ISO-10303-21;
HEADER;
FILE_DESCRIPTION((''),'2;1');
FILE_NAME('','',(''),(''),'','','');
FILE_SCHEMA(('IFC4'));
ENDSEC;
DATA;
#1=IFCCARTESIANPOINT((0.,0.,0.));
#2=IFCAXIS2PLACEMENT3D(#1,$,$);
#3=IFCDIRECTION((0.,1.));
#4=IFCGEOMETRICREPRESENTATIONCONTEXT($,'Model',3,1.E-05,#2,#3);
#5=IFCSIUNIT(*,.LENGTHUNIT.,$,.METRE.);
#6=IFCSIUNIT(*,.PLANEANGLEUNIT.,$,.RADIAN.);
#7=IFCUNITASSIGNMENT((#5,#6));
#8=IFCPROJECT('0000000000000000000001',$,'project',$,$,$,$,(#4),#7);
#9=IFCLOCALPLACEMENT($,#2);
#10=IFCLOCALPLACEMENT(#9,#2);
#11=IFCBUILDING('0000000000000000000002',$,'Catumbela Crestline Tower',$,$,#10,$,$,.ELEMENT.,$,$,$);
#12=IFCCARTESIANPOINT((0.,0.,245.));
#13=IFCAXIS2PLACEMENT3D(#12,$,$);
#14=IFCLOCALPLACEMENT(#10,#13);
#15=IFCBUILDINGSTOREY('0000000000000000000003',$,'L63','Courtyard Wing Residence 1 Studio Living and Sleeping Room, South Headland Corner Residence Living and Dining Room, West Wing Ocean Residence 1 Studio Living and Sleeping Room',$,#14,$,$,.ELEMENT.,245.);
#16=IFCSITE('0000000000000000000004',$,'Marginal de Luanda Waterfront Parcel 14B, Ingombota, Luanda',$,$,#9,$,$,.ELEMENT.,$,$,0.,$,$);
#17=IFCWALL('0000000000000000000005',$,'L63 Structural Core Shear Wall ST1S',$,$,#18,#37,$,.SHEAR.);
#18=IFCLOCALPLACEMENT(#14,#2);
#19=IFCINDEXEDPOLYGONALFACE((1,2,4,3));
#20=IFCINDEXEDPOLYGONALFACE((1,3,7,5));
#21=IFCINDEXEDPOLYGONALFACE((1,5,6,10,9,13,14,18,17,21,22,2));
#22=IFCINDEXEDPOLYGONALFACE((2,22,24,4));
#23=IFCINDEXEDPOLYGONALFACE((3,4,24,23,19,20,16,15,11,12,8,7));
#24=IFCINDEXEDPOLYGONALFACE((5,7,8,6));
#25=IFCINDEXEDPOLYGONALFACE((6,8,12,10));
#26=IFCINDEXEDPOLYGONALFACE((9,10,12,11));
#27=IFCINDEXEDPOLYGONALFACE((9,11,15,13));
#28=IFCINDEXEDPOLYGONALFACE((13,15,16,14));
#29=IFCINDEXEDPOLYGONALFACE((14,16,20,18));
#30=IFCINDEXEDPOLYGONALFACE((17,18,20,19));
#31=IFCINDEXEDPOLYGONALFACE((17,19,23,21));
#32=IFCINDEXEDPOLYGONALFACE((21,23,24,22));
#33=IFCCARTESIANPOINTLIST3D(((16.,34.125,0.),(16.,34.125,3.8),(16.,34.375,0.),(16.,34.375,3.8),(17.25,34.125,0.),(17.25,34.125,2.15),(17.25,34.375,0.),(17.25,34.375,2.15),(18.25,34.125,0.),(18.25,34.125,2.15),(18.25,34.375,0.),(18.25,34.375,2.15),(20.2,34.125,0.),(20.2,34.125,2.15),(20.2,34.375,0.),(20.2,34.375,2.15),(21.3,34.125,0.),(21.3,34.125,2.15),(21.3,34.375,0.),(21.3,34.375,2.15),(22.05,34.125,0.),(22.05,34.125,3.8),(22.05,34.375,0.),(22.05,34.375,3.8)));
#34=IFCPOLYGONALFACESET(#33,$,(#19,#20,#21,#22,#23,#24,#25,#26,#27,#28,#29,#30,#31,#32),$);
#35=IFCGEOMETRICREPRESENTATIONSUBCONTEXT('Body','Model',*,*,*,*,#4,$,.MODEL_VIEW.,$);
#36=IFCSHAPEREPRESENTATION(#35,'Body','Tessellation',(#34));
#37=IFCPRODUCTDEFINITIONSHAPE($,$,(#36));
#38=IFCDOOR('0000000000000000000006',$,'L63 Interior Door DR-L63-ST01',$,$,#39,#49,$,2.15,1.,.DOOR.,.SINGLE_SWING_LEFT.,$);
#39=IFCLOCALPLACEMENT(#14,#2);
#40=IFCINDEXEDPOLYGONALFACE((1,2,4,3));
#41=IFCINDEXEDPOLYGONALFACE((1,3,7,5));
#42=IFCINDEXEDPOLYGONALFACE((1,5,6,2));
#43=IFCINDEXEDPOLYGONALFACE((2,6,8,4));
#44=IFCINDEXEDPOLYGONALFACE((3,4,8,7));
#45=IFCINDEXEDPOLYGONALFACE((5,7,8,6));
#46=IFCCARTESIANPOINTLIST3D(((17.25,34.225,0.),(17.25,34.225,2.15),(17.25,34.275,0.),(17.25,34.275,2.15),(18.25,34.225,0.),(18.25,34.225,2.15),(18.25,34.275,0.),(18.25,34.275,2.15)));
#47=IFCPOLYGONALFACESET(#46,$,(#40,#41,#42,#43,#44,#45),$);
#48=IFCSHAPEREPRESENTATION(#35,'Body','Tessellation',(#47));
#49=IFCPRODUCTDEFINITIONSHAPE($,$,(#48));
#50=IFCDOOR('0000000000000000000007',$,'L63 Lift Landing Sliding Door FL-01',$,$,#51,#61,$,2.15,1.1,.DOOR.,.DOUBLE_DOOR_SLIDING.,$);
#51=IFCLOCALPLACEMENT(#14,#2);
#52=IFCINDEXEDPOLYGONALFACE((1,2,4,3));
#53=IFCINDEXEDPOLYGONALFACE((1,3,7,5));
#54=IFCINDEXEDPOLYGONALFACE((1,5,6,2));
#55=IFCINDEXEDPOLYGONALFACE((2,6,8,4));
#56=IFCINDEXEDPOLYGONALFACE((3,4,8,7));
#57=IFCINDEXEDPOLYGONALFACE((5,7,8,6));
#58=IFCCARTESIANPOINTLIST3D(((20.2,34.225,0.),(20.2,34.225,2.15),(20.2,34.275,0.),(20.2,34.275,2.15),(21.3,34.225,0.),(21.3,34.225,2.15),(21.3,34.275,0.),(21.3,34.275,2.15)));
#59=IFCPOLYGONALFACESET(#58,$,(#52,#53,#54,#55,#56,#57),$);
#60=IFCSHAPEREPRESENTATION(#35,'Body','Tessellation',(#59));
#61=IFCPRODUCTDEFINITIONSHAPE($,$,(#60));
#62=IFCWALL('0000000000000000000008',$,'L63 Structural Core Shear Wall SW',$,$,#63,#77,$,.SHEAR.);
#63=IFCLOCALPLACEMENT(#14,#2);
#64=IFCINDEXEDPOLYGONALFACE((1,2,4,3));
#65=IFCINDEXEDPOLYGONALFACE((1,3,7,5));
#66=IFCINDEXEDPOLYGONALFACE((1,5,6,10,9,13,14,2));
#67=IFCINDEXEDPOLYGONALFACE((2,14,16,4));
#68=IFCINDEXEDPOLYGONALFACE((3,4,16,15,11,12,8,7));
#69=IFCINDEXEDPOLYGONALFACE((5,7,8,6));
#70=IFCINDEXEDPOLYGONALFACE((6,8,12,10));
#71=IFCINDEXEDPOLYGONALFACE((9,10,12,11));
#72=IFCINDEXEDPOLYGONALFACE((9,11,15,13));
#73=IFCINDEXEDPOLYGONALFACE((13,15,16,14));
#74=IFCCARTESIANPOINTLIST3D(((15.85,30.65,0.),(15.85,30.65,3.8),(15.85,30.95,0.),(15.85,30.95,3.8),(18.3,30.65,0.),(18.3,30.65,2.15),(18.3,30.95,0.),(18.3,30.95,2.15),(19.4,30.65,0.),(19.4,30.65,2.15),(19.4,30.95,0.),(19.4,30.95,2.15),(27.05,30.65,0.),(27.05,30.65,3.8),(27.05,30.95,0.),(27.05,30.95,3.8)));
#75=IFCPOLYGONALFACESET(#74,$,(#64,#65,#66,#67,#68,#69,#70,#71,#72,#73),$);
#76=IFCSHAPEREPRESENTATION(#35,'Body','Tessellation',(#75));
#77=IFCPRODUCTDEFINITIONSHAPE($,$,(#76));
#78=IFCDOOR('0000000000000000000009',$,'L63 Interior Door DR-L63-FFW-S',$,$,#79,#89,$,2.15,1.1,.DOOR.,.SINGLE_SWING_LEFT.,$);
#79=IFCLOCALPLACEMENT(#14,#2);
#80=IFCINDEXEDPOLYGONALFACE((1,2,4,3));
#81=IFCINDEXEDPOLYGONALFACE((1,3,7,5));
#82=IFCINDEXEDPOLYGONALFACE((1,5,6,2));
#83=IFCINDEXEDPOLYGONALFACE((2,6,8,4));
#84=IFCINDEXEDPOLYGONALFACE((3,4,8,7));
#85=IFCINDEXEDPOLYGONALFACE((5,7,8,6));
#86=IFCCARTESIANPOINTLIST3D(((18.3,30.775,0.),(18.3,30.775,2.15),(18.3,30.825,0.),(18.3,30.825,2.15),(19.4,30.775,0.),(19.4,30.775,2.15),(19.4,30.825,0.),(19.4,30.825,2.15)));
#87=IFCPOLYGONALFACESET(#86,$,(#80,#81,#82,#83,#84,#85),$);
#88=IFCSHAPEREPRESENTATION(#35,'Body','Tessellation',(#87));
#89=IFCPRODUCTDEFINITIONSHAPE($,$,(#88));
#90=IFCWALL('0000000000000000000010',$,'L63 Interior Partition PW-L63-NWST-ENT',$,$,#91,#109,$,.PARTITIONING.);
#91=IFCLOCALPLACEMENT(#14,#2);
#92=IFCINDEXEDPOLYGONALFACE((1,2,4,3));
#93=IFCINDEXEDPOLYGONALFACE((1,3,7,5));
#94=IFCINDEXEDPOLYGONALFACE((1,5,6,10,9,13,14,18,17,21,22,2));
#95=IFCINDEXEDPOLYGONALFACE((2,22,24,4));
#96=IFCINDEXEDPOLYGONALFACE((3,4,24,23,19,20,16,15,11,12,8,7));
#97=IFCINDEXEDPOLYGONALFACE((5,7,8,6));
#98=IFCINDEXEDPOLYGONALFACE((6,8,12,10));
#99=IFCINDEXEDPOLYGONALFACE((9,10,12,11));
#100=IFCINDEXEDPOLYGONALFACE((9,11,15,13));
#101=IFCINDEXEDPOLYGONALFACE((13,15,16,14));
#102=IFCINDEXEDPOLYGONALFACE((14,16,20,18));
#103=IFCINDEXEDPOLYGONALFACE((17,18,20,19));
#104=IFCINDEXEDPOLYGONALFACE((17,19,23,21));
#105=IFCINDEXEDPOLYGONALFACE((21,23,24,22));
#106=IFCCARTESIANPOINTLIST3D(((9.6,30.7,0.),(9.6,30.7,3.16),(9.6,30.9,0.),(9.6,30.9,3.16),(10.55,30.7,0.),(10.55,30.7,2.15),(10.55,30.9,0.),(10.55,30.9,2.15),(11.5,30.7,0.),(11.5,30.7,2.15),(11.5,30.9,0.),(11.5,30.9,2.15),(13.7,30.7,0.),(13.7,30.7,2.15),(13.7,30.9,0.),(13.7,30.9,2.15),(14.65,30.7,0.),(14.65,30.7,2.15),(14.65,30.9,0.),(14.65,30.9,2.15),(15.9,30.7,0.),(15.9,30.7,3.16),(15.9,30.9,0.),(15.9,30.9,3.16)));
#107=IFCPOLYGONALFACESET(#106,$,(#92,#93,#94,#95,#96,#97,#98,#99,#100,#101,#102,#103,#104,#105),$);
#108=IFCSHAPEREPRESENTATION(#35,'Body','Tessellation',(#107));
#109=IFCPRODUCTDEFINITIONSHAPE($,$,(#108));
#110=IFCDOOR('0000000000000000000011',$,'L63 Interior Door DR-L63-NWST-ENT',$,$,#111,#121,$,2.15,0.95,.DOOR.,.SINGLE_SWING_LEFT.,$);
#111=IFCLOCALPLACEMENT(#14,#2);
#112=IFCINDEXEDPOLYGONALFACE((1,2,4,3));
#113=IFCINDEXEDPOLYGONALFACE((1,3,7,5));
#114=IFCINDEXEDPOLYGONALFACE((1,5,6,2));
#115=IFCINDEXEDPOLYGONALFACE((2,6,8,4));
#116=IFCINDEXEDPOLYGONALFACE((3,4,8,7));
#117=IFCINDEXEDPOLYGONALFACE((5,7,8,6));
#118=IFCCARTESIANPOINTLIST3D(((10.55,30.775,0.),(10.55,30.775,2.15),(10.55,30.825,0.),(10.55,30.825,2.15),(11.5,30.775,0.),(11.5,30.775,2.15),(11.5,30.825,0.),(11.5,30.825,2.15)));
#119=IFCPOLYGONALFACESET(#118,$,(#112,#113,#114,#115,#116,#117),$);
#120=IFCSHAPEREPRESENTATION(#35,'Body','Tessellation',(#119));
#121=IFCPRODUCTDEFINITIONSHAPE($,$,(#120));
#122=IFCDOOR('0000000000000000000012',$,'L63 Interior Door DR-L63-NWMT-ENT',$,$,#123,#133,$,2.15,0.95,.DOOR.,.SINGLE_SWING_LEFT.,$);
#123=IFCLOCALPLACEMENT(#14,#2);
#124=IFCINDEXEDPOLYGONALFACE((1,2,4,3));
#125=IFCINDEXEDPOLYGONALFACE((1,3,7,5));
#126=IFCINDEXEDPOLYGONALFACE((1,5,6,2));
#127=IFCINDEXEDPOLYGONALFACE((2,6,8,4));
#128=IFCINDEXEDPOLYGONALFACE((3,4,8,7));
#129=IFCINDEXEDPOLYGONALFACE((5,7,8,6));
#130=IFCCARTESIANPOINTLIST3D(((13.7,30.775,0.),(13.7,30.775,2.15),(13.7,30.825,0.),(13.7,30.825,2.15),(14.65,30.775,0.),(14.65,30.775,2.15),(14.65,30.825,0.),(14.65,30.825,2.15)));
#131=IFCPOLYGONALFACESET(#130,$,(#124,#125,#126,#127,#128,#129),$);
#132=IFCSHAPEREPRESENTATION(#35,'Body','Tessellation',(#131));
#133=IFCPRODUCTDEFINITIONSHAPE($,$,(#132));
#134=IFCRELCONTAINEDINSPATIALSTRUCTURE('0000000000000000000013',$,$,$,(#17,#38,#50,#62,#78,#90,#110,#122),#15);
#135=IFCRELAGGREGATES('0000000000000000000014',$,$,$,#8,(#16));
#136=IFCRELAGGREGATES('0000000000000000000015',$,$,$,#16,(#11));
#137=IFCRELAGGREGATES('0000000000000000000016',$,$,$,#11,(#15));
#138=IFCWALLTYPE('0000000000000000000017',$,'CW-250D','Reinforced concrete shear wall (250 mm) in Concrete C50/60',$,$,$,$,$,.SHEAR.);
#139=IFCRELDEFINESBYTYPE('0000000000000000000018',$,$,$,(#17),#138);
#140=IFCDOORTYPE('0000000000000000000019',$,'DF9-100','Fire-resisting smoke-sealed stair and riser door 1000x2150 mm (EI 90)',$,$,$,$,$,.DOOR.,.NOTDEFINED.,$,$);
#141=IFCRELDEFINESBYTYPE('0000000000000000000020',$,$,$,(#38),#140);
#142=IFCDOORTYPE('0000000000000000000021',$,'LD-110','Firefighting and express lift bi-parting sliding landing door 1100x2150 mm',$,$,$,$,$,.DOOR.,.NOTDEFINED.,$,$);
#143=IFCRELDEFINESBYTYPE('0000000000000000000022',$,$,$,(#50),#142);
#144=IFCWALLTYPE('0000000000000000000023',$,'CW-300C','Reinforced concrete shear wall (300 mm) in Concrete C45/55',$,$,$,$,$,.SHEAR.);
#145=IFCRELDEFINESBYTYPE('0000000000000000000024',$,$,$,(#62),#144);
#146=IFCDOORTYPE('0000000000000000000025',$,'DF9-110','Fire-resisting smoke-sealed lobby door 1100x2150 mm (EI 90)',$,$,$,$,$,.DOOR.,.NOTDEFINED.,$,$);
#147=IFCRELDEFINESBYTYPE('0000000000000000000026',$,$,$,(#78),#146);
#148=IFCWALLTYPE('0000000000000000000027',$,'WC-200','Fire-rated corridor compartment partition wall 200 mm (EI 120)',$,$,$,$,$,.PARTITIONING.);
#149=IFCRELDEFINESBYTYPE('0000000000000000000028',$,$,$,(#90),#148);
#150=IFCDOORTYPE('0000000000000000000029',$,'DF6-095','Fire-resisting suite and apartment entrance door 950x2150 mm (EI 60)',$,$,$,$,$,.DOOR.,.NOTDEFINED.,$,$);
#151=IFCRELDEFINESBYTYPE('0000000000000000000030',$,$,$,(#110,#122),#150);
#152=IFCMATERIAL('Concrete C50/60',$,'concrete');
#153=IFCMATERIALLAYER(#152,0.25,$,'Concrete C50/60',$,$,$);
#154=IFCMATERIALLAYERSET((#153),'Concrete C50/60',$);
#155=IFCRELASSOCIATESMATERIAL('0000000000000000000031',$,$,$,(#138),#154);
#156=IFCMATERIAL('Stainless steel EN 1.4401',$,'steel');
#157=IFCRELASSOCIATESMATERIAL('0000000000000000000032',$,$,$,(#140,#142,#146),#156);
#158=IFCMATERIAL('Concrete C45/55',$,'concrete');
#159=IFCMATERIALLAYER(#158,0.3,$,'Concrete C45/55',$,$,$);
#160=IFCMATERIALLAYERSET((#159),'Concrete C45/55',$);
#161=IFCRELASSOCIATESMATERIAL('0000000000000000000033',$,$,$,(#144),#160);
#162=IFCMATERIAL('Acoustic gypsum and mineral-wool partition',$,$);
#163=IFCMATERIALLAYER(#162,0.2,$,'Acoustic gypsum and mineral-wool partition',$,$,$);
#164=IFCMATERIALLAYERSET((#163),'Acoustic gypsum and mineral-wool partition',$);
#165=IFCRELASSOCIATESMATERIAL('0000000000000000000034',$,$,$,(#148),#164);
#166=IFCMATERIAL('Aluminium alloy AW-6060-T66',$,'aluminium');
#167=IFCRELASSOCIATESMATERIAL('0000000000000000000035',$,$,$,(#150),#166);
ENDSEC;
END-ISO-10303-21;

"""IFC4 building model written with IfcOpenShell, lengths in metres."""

from ifc_helpers import new_model, si_unit, direction, frame, frame_2d, origin, place, context, subcontext, project, spatial, rectangle, extrude, material, layer, layer_set, type_object, element, fill, save


model = new_model("IFC4")

# Units and contexts
model_context = context("Model", 3, precision=1e-05, world=origin(), true_north=direction((0.0, 1.0)))
body_context = subcontext(model_context, "Body", "Model", "MODEL_VIEW")
ifc_project = project(units=[si_unit("LENGTHUNIT", "METRE"), si_unit("PLANEANGLEUNIT", "RADIAN")], contexts=[model_context])

# Site, building, storey
site_placement = place(None, origin())
site = spatial("IfcSite", under=ifc_project, at=site_placement, Name="Marginal de Luanda Waterfront Parcel 14B, Ingombota, Luanda", CompositionType="ELEMENT", RefElevation=0.0)
building_placement = place(site_placement, origin())
building = spatial("IfcBuilding", under=site, at=building_placement, Name="Catumbela Crestline Tower", CompositionType="ELEMENT")
storey_placement = place(building_placement, frame((0.0, 0.0, 245.0)))
storey = spatial("IfcBuildingStorey", under=building, at=storey_placement, Name="L63", Description="Courtyard Wing Residence 1 Studio Living and Sleeping Room, South Headland Corner Residence Living and Dining Room, West Wing Ocean Residence 1 Studio Living and Sleeping Room", CompositionType="ELEMENT", Elevation=245.0)

# Shared definitions
ifc_material_1 = material(Name="Aluminium alloy AW-6060-T66", Category="aluminium")

# Wall, openings, doors
ifc_material_2 = material(Name="Concrete C50/60", Category="concrete")
ifc_layer_1 = layer(ifc_material_2, 0.25, Name="Concrete C50/60")
ifc_layer_set_1 = layer_set([ifc_layer_1], Name="Concrete C50/60")
wall_type_1 = type_object("IfcWallType", Name="CW-250D", Description="Reinforced concrete shear wall (250 mm) in Concrete C50/60", PredefinedType="SHEAR", material=ifc_layer_set_1)
wall_1_placement = place(storey_placement, frame((16.0, 34.25, 0.0), z_axis=(0.0, 0.0, 1.0), x_axis=(1.0, 0.0, 0.0)))
wall_1 = element("IfcWall", 1, at=wall_1_placement, inside=storey, type_object=wall_type_1, Name="L63 Structural Core Shear Wall ST1S", PredefinedType="SHEAR", context=body_context, shape_type="SweptSolid", body=[
    extrude(rectangle(XDim=6.05, YDim=0.25, at=frame_2d((3.025, 0.0))), origin(), (0.0, 0.0, 1.0), 3.8),
])
opening_1_placement = place(wall_1_placement, frame((1.25, 0.0, 0.0)))
opening_1 = element("IfcOpeningElement", 2, at=opening_1_placement, cuts=wall_1, PredefinedType="OPENING", context=body_context, shape_type="SweptSolid", body=[
    extrude(rectangle(XDim=1.0, YDim=2.15, at=frame_2d((0.5, 1.075))), frame((0.0, 0.135, 0.0), z_axis=(0.0, -1.0, 0.0), x_axis=(1.0, 0.0, 0.0)), (0.0, 0.0, 1.0), 0.27),
])
opening_2_placement = place(wall_1_placement, frame((4.2, 0.0, 0.0)))
opening_2 = element("IfcOpeningElement", 3, at=opening_2_placement, cuts=wall_1, PredefinedType="OPENING", context=body_context, shape_type="SweptSolid", body=[
    extrude(rectangle(XDim=1.1, YDim=2.15, at=frame_2d((0.55, 1.075))), frame((0.0, 0.135, 0.0), z_axis=(0.0, -1.0, 0.0), x_axis=(1.0, 0.0, 0.0)), (0.0, 0.0, 1.0), 0.27),
])
ifc_material_3 = material(Name="Stainless steel EN 1.4401", Category="steel")
door_type_1 = type_object("IfcDoorType", Name="DF9-100", Description="Fire-resisting smoke-sealed stair and riser door 1000x2150 mm (EI 90)", OperationType="NOTDEFINED", PredefinedType="DOOR", material=ifc_material_3)
door_1_placement = place(opening_1_placement, origin())
door_1 = element("IfcDoor", 4, at=door_1_placement, inside=storey, type_object=door_type_1, Name="L63 Interior Door DR-L63-ST01", OperationType="SINGLE_SWING_LEFT", OverallHeight=2.15, OverallWidth=1.0, PredefinedType="DOOR", context=body_context, shape_type="SweptSolid", body=[
    extrude(rectangle(XDim=1.0, YDim=2.15, at=frame_2d((0.5, 1.075))), frame((0.0, 0.025, 0.0), z_axis=(0.0, -1.0, 0.0), x_axis=(1.0, 0.0, 0.0)), (0.0, 0.0, 1.0), 0.05),
])
fill(opening_1, door_1)
door_type_2 = type_object("IfcDoorType", Name="LD-110", Description="Firefighting and express lift bi-parting sliding landing door 1100x2150 mm", OperationType="NOTDEFINED", PredefinedType="DOOR", material=ifc_material_3)
door_2_placement = place(opening_2_placement, origin())
door_2 = element("IfcDoor", 5, at=door_2_placement, inside=storey, type_object=door_type_2, Name="L63 Lift Landing Sliding Door FL-01", OperationType="DOUBLE_DOOR_SLIDING", OverallHeight=2.15, OverallWidth=1.1, PredefinedType="DOOR", context=body_context, shape_type="SweptSolid", body=[
    extrude(rectangle(XDim=1.1, YDim=2.15, at=frame_2d((0.55, 1.075))), frame((0.0, 0.025, 0.0), z_axis=(0.0, -1.0, 0.0), x_axis=(1.0, 0.0, 0.0)), (0.0, 0.0, 1.0), 0.05),
])
fill(opening_2, door_2)

# Wall, opening, door
ifc_material_4 = material(Name="Concrete C45/55", Category="concrete")
ifc_layer_2 = layer(ifc_material_4, 0.3, Name="Concrete C45/55")
ifc_layer_set_2 = layer_set([ifc_layer_2], Name="Concrete C45/55")
wall_type_2 = type_object("IfcWallType", Name="CW-300C", Description="Reinforced concrete shear wall (300 mm) in Concrete C45/55", PredefinedType="SHEAR", material=ifc_layer_set_2)
wall_2_placement = place(storey_placement, frame((15.85, 30.8, 0.0), z_axis=(0.0, 0.0, 1.0), x_axis=(1.0, 0.0, 0.0)))
wall_2 = element("IfcWall", 6, at=wall_2_placement, inside=storey, type_object=wall_type_2, Name="L63 Structural Core Shear Wall SW", PredefinedType="SHEAR", context=body_context, shape_type="SweptSolid", body=[
    extrude(rectangle(XDim=11.2, YDim=0.3, at=frame_2d((5.6, 0.0))), origin(), (0.0, 0.0, 1.0), 3.8),
])
opening_3_placement = place(wall_2_placement, frame((2.45, 0.0, 0.0)))
opening_3 = element("IfcOpeningElement", 7, at=opening_3_placement, cuts=wall_2, PredefinedType="OPENING", context=body_context, shape_type="SweptSolid", body=[
    extrude(rectangle(XDim=1.1, YDim=2.15, at=frame_2d((0.55, 1.075))), frame((0.0, 0.16, 0.0), z_axis=(0.0, -1.0, 0.0), x_axis=(1.0, 0.0, 0.0)), (0.0, 0.0, 1.0), 0.32),
])
door_type_3 = type_object("IfcDoorType", Name="DF9-110", Description="Fire-resisting smoke-sealed lobby door 1100x2150 mm (EI 90)", OperationType="NOTDEFINED", PredefinedType="DOOR", material=ifc_material_3)
door_3_placement = place(opening_3_placement, origin())
door_3 = element("IfcDoor", 8, at=door_3_placement, inside=storey, type_object=door_type_3, Name="L63 Interior Door DR-L63-FFW-S", OperationType="SINGLE_SWING_LEFT", OverallHeight=2.15, OverallWidth=1.1, PredefinedType="DOOR", context=body_context, shape_type="SweptSolid", body=[
    extrude(rectangle(XDim=1.1, YDim=2.15, at=frame_2d((0.55, 1.075))), frame((0.0, 0.025, 0.0), z_axis=(0.0, -1.0, 0.0), x_axis=(1.0, 0.0, 0.0)), (0.0, 0.0, 1.0), 0.05),
])
fill(opening_3, door_3)

# Wall, openings, doors
ifc_material_5 = material(Name="Acoustic gypsum and mineral-wool partition")
ifc_layer_3 = layer(ifc_material_5, 0.2, Name="Acoustic gypsum and mineral-wool partition")
ifc_layer_set_3 = layer_set([ifc_layer_3], Name="Acoustic gypsum and mineral-wool partition")
wall_type_3 = type_object("IfcWallType", Name="WC-200", Description="Fire-rated corridor compartment partition wall 200 mm (EI 120)", PredefinedType="PARTITIONING", material=ifc_layer_set_3)
wall_3_placement = place(storey_placement, frame((9.6, 30.8, 0.0), z_axis=(0.0, 0.0, 1.0), x_axis=(1.0, 0.0, 0.0)))
wall_3 = element("IfcWall", 9, at=wall_3_placement, inside=storey, type_object=wall_type_3, Name="L63 Interior Partition PW-L63-NWST-ENT", PredefinedType="PARTITIONING", context=body_context, shape_type="SweptSolid", body=[
    extrude(rectangle(XDim=6.3, YDim=0.2, at=frame_2d((3.15, 0.0))), origin(), (0.0, 0.0, 1.0), 3.16),
])
opening_4_placement = place(wall_3_placement, frame((0.95, 0.0, 0.0)))
opening_4 = element("IfcOpeningElement", 10, at=opening_4_placement, cuts=wall_3, PredefinedType="OPENING", context=body_context, shape_type="SweptSolid", body=[
    extrude(rectangle(XDim=0.95, YDim=2.15, at=frame_2d((0.475, 1.075))), frame((0.0, 0.11, 0.0), z_axis=(0.0, -1.0, 0.0), x_axis=(1.0, 0.0, 0.0)), (0.0, 0.0, 1.0), 0.22),
])
opening_5_placement = place(wall_3_placement, frame((4.1, 0.0, 0.0)))
opening_5 = element("IfcOpeningElement", 11, at=opening_5_placement, cuts=wall_3, PredefinedType="OPENING", context=body_context, shape_type="SweptSolid", body=[
    extrude(rectangle(XDim=0.95, YDim=2.15, at=frame_2d((0.475, 1.075))), frame((0.0, 0.11, 0.0), z_axis=(0.0, -1.0, 0.0), x_axis=(1.0, 0.0, 0.0)), (0.0, 0.0, 1.0), 0.22),
])
door_type_4 = type_object("IfcDoorType", Name="DF6-095", Description="Fire-resisting suite and apartment entrance door 950x2150 mm (EI 60)", OperationType="NOTDEFINED", PredefinedType="DOOR", material=ifc_material_1)
door_4_placement = place(opening_4_placement, origin())
door_4 = element("IfcDoor", 12, at=door_4_placement, inside=storey, type_object=door_type_4, Name="L63 Interior Door DR-L63-NWST-ENT", OperationType="SINGLE_SWING_LEFT", OverallHeight=2.15, OverallWidth=0.95, PredefinedType="DOOR", context=body_context, shape_type="SweptSolid", body=[
    extrude(rectangle(XDim=0.95, YDim=2.15, at=frame_2d((0.475, 1.075))), frame((0.0, 0.025, 0.0), z_axis=(0.0, -1.0, 0.0), x_axis=(1.0, 0.0, 0.0)), (0.0, 0.0, 1.0), 0.05),
])
fill(opening_4, door_4)
door_5_placement = place(opening_5_placement, origin())
door_5 = element("IfcDoor", 13, at=door_5_placement, inside=storey, type_object=door_type_4, Name="L63 Interior Door DR-L63-NWMT-ENT", OperationType="SINGLE_SWING_LEFT", OverallHeight=2.15, OverallWidth=0.95, PredefinedType="DOOR", context=body_context, shape_type="SweptSolid", body=[
    extrude(rectangle(XDim=0.95, YDim=2.15, at=frame_2d((0.475, 1.075))), frame((0.0, 0.025, 0.0), z_axis=(0.0, -1.0, 0.0), x_axis=(1.0, 0.0, 0.0)), (0.0, 0.0, 1.0), 0.05),
])
fill(opening_5, door_5)

save(model, "model.ifc")
